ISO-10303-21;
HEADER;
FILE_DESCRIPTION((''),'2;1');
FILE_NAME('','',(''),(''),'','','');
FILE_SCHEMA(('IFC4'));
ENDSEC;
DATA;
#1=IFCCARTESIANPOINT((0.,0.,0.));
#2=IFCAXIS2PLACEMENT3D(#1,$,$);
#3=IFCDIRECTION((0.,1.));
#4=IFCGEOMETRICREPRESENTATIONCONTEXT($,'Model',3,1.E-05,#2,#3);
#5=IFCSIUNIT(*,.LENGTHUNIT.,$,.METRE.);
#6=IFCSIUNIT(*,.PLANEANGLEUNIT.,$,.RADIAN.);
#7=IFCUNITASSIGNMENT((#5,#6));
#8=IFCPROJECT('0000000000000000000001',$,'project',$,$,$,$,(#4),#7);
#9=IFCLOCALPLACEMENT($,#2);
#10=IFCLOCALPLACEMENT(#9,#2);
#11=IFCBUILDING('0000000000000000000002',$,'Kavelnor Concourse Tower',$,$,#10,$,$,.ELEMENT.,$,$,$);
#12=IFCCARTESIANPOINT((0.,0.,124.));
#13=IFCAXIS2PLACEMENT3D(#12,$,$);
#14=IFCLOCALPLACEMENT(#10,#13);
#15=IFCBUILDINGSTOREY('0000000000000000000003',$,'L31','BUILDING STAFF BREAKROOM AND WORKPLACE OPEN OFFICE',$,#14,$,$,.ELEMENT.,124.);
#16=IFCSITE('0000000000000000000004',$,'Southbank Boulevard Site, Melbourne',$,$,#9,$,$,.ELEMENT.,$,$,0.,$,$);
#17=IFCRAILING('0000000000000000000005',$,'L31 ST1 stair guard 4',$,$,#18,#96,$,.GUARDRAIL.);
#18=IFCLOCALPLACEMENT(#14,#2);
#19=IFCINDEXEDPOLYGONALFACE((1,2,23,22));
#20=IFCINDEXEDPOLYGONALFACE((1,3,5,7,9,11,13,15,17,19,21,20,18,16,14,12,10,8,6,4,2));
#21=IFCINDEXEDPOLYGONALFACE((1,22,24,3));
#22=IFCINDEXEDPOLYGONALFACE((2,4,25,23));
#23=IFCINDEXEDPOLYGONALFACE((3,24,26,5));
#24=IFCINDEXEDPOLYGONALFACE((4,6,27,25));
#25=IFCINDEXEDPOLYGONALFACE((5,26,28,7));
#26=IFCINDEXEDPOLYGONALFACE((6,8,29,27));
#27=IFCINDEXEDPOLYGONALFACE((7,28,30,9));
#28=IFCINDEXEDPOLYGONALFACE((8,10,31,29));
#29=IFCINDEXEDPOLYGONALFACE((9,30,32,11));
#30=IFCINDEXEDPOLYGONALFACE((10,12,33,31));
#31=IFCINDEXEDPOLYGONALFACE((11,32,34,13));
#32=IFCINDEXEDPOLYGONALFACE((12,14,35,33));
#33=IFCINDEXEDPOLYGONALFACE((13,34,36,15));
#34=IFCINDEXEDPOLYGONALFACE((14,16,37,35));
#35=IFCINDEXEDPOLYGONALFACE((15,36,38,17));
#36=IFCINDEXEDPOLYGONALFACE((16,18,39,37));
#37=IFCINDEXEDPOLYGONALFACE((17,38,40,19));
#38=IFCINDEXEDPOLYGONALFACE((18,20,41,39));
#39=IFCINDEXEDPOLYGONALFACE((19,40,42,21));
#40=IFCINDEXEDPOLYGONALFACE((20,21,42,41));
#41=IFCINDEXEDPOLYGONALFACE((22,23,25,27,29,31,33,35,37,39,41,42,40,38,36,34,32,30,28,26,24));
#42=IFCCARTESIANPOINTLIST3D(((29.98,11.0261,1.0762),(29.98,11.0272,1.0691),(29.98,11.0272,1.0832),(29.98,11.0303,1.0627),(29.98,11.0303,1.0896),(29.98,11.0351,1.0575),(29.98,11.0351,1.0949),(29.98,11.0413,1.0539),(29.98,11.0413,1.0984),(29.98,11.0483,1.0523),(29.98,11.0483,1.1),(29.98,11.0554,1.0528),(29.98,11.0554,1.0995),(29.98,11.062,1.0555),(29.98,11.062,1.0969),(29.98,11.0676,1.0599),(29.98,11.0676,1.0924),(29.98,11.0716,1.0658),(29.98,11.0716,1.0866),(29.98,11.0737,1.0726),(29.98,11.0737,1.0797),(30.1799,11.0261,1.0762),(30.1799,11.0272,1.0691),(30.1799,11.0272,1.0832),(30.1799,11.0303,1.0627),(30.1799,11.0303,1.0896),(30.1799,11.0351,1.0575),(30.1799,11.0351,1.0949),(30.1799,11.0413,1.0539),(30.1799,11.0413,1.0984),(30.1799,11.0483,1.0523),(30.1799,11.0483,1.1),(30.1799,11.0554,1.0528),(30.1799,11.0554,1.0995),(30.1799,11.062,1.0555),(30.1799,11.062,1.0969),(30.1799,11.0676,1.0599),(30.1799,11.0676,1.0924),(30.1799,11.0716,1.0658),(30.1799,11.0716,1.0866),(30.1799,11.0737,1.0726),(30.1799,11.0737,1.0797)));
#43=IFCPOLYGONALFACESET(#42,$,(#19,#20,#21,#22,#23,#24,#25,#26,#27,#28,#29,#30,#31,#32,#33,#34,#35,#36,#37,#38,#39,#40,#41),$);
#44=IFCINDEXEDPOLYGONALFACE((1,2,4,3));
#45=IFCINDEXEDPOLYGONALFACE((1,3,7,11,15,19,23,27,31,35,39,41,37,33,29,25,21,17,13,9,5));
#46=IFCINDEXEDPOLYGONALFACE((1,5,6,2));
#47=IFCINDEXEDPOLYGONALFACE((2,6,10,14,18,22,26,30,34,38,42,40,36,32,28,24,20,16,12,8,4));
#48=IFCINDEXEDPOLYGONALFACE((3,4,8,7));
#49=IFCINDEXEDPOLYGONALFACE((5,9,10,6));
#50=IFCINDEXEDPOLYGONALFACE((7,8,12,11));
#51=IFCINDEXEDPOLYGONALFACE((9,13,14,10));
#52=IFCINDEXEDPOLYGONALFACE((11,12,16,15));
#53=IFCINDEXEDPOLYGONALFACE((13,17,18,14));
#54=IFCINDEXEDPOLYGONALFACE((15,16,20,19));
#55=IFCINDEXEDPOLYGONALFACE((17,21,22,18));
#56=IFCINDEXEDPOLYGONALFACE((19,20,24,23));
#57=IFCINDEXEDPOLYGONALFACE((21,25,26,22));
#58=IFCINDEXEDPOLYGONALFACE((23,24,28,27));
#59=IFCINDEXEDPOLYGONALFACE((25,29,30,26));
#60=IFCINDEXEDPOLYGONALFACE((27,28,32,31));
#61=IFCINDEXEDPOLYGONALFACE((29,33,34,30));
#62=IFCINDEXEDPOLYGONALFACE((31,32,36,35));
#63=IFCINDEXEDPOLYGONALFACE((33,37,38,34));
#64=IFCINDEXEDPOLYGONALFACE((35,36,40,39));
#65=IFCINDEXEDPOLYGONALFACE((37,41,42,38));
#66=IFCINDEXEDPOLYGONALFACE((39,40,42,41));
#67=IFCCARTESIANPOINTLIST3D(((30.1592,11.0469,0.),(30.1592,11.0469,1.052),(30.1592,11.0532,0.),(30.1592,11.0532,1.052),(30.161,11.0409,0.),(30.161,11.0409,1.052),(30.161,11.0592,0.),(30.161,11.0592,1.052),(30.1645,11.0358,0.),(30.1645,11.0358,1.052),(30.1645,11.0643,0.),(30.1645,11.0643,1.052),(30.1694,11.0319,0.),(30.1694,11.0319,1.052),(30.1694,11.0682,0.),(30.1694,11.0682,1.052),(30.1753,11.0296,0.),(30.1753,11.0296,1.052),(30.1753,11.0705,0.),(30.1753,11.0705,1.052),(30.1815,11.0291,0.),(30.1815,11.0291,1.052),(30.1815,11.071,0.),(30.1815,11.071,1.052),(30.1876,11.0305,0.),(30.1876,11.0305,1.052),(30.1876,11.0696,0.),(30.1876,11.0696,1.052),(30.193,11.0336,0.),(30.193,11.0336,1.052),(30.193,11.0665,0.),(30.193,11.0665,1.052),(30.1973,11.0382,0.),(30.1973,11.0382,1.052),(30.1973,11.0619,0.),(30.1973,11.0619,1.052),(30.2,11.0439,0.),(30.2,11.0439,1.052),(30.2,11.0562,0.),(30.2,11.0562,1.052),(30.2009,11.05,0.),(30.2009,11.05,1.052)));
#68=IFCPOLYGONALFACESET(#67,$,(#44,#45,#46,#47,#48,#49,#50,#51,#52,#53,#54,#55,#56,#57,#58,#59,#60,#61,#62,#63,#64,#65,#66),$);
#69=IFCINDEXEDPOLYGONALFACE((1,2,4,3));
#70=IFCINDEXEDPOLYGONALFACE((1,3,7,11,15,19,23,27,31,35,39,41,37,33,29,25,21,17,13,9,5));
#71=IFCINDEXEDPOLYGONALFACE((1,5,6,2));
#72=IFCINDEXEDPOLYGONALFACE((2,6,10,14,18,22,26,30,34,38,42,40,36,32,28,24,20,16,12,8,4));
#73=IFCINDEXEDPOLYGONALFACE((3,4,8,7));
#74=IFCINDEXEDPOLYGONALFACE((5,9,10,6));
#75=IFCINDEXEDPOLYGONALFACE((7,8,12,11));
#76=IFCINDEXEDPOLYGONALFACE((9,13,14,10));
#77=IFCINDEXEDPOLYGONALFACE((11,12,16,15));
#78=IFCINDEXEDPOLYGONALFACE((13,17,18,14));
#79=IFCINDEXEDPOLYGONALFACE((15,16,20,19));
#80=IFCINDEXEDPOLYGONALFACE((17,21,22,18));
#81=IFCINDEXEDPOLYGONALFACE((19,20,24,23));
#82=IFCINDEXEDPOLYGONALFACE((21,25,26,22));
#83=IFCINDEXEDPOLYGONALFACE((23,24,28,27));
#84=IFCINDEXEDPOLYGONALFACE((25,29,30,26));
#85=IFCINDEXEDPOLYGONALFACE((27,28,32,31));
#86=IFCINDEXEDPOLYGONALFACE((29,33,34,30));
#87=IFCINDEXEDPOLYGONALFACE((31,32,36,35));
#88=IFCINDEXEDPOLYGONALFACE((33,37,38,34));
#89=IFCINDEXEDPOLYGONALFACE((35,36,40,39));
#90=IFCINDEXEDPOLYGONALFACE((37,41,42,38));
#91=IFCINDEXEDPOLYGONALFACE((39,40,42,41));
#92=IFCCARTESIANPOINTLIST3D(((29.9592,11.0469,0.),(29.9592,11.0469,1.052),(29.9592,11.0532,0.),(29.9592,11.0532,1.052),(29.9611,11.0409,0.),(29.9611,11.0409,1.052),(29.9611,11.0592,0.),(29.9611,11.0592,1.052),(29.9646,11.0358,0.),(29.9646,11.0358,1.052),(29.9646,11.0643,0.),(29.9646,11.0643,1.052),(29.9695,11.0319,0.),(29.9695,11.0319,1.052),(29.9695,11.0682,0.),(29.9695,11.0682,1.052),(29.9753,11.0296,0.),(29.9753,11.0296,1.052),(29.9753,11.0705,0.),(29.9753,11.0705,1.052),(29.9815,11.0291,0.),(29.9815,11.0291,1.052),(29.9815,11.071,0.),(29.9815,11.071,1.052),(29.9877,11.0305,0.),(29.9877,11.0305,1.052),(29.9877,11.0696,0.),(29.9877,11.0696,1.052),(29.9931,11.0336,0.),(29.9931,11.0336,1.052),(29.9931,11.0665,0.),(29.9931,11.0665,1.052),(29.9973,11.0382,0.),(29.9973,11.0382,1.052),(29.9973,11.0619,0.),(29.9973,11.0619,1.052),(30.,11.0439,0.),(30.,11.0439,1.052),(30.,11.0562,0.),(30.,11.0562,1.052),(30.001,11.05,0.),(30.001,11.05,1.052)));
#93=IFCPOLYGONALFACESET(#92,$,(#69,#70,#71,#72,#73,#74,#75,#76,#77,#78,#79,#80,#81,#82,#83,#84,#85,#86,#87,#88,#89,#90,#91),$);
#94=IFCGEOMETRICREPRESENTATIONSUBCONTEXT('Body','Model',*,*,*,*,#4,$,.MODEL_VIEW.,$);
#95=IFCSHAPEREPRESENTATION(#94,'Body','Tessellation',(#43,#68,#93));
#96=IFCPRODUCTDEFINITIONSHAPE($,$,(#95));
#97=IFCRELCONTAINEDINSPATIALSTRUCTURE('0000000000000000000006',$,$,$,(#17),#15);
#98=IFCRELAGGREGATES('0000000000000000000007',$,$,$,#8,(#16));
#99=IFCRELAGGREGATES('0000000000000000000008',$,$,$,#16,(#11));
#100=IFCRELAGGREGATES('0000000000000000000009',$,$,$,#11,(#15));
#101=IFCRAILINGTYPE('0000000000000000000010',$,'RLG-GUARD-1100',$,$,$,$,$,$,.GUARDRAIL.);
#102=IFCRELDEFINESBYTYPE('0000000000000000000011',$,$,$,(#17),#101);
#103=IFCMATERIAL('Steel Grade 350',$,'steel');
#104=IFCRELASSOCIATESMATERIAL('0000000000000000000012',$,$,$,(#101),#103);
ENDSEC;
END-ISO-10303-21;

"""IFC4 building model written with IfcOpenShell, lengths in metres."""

from ifc_helpers import new_model, si_unit, direction, frame, origin, origin_2d, place, context, subcontext, project, spatial, circle, extrude, material, type_object, element, save


model = new_model("IFC4")

# Units and contexts
model_context = context("Model", 3, precision=1e-05, world=origin(), true_north=direction((0.0, 1.0)))
body_context = subcontext(model_context, "Body", "Model", "MODEL_VIEW")
ifc_project = project(units=[si_unit("LENGTHUNIT", "METRE"), si_unit("PLANEANGLEUNIT", "RADIAN")], contexts=[model_context])

# Site, building, storey
site_placement = place(None, origin())
site = spatial("IfcSite", under=ifc_project, at=site_placement, Name="Southbank Boulevard Site, Melbourne", CompositionType="ELEMENT", RefElevation=0.0)
building_placement = place(site_placement, origin())
building = spatial("IfcBuilding", under=site, at=building_placement, Name="Kavelnor Concourse Tower", CompositionType="ELEMENT")
storey_placement = place(building_placement, frame((0.0, 0.0, 124.0)))
storey = spatial("IfcBuildingStorey", under=building, at=storey_placement, Name="L31", Description="BUILDING STAFF BREAKROOM AND WORKPLACE OPEN OFFICE", CompositionType="ELEMENT", Elevation=124.0)

# Shared definitions
ifc_material_1 = material(Name="Steel Grade 350", Category="steel")

# Railing
railing_type_1 = type_object("IfcRailingType", Name="RLG-GUARD-1100", PredefinedType="GUARDRAIL", material=ifc_material_1)
railing_1_placement = place(storey_placement, frame((30.1799, 11.05, 0.0)))
element("IfcRailing", 1, at=railing_1_placement, inside=storey, type_object=railing_type_1, Name="L31 ST1 stair guard 4", PredefinedType="GUARDRAIL", context=body_context, shape_type="SweptSolid", body=[
    extrude(circle(Radius=0.0239, at=origin_2d()), frame((0.0, 0.0, 1.0762), z_axis=(-1.0, 0.0, 0.0), x_axis=(0.0, -1.0, 0.0)), (0.0, 0.0, 1.0), 0.2),
    extrude(circle(Radius=0.021, at=origin_2d()), origin(), (0.0, 0.0, 1.0), 1.052),
    extrude(circle(Radius=0.021, at=origin_2d()), frame((-0.2, 0.0, 0.0)), (0.0, 0.0, 1.0), 1.052),
])

save(model, "model.ifc")
